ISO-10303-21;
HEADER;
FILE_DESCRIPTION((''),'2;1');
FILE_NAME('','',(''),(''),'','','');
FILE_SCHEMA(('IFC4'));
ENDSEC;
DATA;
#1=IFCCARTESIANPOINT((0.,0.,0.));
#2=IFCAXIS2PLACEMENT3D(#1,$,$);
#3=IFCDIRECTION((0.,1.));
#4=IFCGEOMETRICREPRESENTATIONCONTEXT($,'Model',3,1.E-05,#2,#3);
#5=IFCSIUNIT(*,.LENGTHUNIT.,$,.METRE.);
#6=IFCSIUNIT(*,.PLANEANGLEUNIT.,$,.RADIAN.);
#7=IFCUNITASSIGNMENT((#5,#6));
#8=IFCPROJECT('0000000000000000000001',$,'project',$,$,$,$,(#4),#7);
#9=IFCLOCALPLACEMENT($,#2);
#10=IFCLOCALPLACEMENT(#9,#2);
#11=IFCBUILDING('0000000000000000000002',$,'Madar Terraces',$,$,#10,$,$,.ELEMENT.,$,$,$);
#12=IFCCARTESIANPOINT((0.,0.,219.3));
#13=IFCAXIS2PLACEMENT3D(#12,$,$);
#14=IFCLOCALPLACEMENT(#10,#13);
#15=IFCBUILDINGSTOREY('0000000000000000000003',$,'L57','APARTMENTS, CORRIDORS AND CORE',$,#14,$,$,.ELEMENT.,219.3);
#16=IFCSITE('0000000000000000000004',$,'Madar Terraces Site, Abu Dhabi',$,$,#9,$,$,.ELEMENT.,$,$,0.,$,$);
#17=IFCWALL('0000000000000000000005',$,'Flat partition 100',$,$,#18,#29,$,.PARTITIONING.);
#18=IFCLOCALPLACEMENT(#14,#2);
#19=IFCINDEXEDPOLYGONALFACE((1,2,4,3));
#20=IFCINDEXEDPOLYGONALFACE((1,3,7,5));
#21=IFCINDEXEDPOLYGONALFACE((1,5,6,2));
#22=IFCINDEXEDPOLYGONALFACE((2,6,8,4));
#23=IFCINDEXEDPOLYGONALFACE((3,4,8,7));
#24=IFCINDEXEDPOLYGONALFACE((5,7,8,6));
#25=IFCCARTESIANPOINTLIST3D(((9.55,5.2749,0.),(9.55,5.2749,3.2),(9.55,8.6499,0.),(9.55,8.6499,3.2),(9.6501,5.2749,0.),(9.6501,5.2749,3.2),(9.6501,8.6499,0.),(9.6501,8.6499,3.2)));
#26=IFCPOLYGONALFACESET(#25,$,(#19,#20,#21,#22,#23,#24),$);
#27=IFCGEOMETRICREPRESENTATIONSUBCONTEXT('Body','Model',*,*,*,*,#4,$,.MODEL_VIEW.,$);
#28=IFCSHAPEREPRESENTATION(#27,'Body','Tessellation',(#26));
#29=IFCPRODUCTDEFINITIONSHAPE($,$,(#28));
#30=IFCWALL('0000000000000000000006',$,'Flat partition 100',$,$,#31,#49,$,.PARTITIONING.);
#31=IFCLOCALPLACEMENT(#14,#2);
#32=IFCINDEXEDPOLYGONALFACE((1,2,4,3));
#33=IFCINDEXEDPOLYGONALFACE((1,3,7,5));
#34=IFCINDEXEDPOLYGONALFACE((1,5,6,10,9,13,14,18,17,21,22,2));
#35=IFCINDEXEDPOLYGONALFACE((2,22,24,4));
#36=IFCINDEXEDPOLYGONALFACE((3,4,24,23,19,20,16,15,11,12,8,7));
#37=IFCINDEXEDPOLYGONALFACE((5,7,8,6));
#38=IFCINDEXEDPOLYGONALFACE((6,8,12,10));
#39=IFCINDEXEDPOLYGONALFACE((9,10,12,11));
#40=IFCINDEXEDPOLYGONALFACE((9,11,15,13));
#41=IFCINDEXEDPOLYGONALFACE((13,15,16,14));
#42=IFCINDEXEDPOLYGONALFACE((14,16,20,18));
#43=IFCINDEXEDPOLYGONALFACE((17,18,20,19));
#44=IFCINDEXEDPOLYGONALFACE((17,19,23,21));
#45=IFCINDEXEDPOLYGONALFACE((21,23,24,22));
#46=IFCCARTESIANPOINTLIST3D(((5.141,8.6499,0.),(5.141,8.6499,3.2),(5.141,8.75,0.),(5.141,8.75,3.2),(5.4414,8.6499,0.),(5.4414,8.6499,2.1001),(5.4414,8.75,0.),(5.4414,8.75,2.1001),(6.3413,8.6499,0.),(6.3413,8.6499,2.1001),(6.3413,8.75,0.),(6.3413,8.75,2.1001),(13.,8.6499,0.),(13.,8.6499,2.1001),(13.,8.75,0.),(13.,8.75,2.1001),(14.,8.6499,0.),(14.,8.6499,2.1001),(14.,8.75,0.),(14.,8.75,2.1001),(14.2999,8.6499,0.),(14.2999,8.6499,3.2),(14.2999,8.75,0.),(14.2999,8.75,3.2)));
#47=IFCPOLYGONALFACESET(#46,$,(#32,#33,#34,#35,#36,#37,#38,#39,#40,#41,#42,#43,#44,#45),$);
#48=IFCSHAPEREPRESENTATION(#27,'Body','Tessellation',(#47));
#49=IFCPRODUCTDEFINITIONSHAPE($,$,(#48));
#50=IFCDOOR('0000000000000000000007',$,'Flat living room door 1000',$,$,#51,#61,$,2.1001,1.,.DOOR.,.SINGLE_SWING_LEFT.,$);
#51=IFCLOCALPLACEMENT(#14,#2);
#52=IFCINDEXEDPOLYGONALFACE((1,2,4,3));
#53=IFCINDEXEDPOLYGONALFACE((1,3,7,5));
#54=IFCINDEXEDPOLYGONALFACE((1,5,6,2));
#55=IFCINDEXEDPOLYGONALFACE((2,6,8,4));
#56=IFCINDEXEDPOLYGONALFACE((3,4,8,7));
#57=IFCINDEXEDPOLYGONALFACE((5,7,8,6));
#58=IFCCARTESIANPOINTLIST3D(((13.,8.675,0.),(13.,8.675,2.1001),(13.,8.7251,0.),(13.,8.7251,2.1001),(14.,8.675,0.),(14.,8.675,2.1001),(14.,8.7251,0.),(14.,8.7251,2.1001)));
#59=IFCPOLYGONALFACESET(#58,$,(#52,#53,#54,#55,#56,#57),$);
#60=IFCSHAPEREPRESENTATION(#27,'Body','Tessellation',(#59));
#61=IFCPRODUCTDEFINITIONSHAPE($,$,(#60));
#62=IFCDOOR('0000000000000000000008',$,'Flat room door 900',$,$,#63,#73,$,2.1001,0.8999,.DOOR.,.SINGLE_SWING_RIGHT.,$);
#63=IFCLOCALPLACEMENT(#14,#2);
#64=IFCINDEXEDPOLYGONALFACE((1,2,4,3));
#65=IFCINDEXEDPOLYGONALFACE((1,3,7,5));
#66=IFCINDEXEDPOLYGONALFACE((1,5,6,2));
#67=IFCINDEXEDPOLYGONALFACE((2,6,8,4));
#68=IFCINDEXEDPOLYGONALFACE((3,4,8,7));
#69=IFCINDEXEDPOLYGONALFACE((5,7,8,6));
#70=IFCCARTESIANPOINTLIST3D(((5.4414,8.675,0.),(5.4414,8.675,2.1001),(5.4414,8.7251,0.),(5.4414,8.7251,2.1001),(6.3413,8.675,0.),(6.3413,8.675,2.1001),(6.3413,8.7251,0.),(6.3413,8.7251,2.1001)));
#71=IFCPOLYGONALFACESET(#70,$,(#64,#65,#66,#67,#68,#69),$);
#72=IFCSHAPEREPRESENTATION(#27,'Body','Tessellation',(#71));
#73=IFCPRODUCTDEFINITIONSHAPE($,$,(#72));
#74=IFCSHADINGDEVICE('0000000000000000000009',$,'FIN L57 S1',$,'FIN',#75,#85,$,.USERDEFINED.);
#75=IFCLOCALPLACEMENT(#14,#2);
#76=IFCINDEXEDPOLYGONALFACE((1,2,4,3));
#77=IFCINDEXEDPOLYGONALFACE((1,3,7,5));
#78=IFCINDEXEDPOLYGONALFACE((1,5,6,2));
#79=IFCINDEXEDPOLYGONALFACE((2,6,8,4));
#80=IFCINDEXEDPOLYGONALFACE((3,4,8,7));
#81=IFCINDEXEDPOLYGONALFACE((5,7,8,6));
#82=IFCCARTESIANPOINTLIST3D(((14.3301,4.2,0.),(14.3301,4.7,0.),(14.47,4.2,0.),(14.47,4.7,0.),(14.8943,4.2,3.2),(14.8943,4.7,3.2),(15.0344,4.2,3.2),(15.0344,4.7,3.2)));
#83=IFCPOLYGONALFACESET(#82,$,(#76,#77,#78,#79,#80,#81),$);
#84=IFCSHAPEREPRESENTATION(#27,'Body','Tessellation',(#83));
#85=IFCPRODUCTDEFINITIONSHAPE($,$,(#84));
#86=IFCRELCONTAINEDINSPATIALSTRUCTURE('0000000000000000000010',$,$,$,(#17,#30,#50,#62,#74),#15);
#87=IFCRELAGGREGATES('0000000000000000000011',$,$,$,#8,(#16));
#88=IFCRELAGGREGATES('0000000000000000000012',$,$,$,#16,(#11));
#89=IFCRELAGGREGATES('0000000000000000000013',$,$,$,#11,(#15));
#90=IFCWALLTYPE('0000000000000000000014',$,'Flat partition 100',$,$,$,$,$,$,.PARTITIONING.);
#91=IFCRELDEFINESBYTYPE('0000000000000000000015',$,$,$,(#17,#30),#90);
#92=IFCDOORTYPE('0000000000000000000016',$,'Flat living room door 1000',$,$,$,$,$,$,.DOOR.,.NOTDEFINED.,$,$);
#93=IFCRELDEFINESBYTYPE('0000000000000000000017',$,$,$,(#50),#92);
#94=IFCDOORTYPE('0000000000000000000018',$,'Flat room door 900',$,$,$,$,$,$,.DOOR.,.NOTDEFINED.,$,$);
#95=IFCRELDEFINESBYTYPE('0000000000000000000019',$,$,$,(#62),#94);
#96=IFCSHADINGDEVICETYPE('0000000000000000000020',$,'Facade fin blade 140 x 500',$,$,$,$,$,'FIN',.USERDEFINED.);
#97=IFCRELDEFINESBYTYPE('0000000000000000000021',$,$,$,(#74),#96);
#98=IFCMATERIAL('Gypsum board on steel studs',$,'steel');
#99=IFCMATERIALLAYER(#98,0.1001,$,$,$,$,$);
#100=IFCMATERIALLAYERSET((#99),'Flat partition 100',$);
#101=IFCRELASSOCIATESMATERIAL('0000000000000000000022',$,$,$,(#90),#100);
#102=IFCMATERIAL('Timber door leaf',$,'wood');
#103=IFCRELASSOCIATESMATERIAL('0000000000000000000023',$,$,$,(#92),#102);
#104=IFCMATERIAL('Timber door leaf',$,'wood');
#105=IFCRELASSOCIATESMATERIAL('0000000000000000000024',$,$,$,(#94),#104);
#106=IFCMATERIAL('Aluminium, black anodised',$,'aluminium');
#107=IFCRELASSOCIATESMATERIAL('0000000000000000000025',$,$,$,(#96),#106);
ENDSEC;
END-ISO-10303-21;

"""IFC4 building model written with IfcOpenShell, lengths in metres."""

from ifc_helpers import new_model, si_unit, direction, frame, frame_2d, origin, place, context, subcontext, project, spatial, polyline, rectangle, outline, extrude, material, layer, layer_set, type_object, element, fill, save


model = new_model("IFC4")

# Units and contexts
model_context = context("Model", 3, precision=1e-05, world=origin(), true_north=direction((0.0, 1.0)))
body_context = subcontext(model_context, "Body", "Model", "MODEL_VIEW")
ifc_project = project(units=[si_unit("LENGTHUNIT", "METRE"), si_unit("PLANEANGLEUNIT", "RADIAN")], contexts=[model_context])

# Site, building, storey
site_placement = place(None, origin())
site = spatial("IfcSite", under=ifc_project, at=site_placement, Name="Madar Terraces Site, Abu Dhabi", CompositionType="ELEMENT", RefElevation=0.0)
building_placement = place(site_placement, origin())
building = spatial("IfcBuilding", under=site, at=building_placement, Name="Madar Terraces", CompositionType="ELEMENT")
storey_placement = place(building_placement, frame((0.0, 0.0, 219.3)))
storey = spatial("IfcBuildingStorey", under=building, at=storey_placement, Name="L57", Description="APARTMENTS, CORRIDORS AND CORE", CompositionType="ELEMENT", Elevation=219.3)

# Wall
ifc_material_1 = material(Name="Gypsum board on steel studs", Category="steel")
ifc_layer_1 = layer(ifc_material_1, 0.1001)
ifc_layer_set_1 = layer_set([ifc_layer_1], Name="Flat partition 100")
wall_type_1 = type_object("IfcWallType", Name="Flat partition 100", PredefinedType="PARTITIONING", material=ifc_layer_set_1)
wall_1_placement = place(storey_placement, frame((9.6001, 8.6499, 0.0), z_axis=(0.0, 0.0, 1.0), x_axis=(0.0, -1.0, 0.0)))
element("IfcWall", 1, at=wall_1_placement, inside=storey, type_object=wall_type_1, Name="Flat partition 100", PredefinedType="PARTITIONING", context=body_context, shape_type="SweptSolid", body=[
    extrude(rectangle(XDim=3.375, YDim=0.1001, at=frame_2d((1.6875, 0.0))), origin(), (0.0, 0.0, 1.0), 3.2),
])

# Wall, openings, doors
wall_2_placement = place(storey_placement, frame((14.3, 8.7, 0.0), z_axis=(0.0, 0.0, 1.0), x_axis=(-1.0, 0.0, 0.0)))
wall_2 = element("IfcWall", 2, at=wall_2_placement, inside=storey, type_object=wall_type_1, Name="Flat partition 100", PredefinedType="PARTITIONING", context=body_context, shape_type="SweptSolid", body=[
    extrude(rectangle(XDim=9.1589, YDim=0.1001, at=frame_2d((4.5796, 0.0))), origin(), (0.0, 0.0, 1.0), 3.2),
])
opening_1_placement = place(wall_2_placement, frame((0.3, 0.0, 0.0)))
opening_1 = element("IfcOpeningElement", 3, at=opening_1_placement, cuts=wall_2, PredefinedType="OPENING", context=body_context, shape_type="SweptSolid", body=[
    extrude(rectangle(XDim=1.0, YDim=2.1001, at=frame_2d((0.5, 1.05))), frame((0.0, 0.0601, 0.0), z_axis=(0.0, -1.0, 0.0), x_axis=(1.0, 0.0, 0.0)), (0.0, 0.0, 1.0), 0.1201),
])
opening_2_placement = place(wall_2_placement, frame((7.9587, 0.0, 0.0)))
opening_2 = element("IfcOpeningElement", 4, at=opening_2_placement, cuts=wall_2, PredefinedType="OPENING", context=body_context, shape_type="SweptSolid", body=[
    extrude(rectangle(XDim=0.8999, YDim=2.1001, at=frame_2d((0.45, 1.05))), frame((0.0, 0.0601, 0.0), z_axis=(0.0, -1.0, 0.0), x_axis=(1.0, 0.0, 0.0)), (0.0, 0.0, 1.0), 0.1201),
])
ifc_material_2 = material(Name="Timber door leaf", Category="wood")
door_type_1 = type_object("IfcDoorType", Name="Flat living room door 1000", OperationType="NOTDEFINED", PredefinedType="DOOR", material=ifc_material_2)
door_1_placement = place(opening_1_placement, origin())
door_1 = element("IfcDoor", 5, at=door_1_placement, inside=storey, type_object=door_type_1, Name="Flat living room door 1000", OperationType="SINGLE_SWING_LEFT", OverallHeight=2.1001, OverallWidth=1.0, PredefinedType="DOOR", context=body_context, shape_type="SweptSolid", body=[
    extrude(rectangle(XDim=1.0, YDim=2.1001, at=frame_2d((0.5, 1.05))), frame((0.0, 0.0249, 0.0), z_axis=(0.0, -1.0, 0.0), x_axis=(1.0, 0.0, 0.0)), (0.0, 0.0, 1.0), 0.05),
])
fill(opening_1, door_1)
ifc_material_3 = material(Name="Timber door leaf", Category="wood")
door_type_2 = type_object("IfcDoorType", Name="Flat room door 900", OperationType="NOTDEFINED", PredefinedType="DOOR", material=ifc_material_3)
door_2_placement = place(opening_2_placement, origin())
door_2 = element("IfcDoor", 6, at=door_2_placement, inside=storey, type_object=door_type_2, Name="Flat room door 900", OperationType="SINGLE_SWING_RIGHT", OverallHeight=2.1001, OverallWidth=0.8999, PredefinedType="DOOR", context=body_context, shape_type="SweptSolid", body=[
    extrude(rectangle(XDim=0.8999, YDim=2.1001, at=frame_2d((0.45, 1.05))), frame((0.0, 0.0249, 0.0), z_axis=(0.0, -1.0, 0.0), x_axis=(1.0, 0.0, 0.0)), (0.0, 0.0, 1.0), 0.05),
])
fill(opening_2, door_2)

# Shading device
ifc_material_4 = material(Name="Aluminium, black anodised", Category="aluminium")
shading_device_type = type_object("IfcShadingDeviceType", Name="Facade fin blade 140 x 500", ElementType="FIN", PredefinedType="USERDEFINED", material=ifc_material_4)
shading_device_placement = place(storey_placement, frame((14.3301, 4.45, 0.0), z_axis=(0.0, 0.0, 1.0), x_axis=(1.0, 0.0, 0.0)))
element("IfcShadingDevice", 7, at=shading_device_placement, inside=storey, type_object=shading_device_type, Name="FIN L57 S1", ObjectType="FIN", PredefinedType="USERDEFINED", context=body_context, shape_type="SweptSolid", body=[
    extrude(outline(polyline([(0.0, 0.0), (0.1399, 0.0), (0.7043, 3.2), (0.5642, 3.2), (0.0, 0.0)])), frame((0.0, 0.25, 0.0), z_axis=(0.0, -1.0, 0.0), x_axis=(1.0, 0.0, 0.0)), (0.0, 0.0, 1.0), 0.5),
])

save(model, "model.ifc")
